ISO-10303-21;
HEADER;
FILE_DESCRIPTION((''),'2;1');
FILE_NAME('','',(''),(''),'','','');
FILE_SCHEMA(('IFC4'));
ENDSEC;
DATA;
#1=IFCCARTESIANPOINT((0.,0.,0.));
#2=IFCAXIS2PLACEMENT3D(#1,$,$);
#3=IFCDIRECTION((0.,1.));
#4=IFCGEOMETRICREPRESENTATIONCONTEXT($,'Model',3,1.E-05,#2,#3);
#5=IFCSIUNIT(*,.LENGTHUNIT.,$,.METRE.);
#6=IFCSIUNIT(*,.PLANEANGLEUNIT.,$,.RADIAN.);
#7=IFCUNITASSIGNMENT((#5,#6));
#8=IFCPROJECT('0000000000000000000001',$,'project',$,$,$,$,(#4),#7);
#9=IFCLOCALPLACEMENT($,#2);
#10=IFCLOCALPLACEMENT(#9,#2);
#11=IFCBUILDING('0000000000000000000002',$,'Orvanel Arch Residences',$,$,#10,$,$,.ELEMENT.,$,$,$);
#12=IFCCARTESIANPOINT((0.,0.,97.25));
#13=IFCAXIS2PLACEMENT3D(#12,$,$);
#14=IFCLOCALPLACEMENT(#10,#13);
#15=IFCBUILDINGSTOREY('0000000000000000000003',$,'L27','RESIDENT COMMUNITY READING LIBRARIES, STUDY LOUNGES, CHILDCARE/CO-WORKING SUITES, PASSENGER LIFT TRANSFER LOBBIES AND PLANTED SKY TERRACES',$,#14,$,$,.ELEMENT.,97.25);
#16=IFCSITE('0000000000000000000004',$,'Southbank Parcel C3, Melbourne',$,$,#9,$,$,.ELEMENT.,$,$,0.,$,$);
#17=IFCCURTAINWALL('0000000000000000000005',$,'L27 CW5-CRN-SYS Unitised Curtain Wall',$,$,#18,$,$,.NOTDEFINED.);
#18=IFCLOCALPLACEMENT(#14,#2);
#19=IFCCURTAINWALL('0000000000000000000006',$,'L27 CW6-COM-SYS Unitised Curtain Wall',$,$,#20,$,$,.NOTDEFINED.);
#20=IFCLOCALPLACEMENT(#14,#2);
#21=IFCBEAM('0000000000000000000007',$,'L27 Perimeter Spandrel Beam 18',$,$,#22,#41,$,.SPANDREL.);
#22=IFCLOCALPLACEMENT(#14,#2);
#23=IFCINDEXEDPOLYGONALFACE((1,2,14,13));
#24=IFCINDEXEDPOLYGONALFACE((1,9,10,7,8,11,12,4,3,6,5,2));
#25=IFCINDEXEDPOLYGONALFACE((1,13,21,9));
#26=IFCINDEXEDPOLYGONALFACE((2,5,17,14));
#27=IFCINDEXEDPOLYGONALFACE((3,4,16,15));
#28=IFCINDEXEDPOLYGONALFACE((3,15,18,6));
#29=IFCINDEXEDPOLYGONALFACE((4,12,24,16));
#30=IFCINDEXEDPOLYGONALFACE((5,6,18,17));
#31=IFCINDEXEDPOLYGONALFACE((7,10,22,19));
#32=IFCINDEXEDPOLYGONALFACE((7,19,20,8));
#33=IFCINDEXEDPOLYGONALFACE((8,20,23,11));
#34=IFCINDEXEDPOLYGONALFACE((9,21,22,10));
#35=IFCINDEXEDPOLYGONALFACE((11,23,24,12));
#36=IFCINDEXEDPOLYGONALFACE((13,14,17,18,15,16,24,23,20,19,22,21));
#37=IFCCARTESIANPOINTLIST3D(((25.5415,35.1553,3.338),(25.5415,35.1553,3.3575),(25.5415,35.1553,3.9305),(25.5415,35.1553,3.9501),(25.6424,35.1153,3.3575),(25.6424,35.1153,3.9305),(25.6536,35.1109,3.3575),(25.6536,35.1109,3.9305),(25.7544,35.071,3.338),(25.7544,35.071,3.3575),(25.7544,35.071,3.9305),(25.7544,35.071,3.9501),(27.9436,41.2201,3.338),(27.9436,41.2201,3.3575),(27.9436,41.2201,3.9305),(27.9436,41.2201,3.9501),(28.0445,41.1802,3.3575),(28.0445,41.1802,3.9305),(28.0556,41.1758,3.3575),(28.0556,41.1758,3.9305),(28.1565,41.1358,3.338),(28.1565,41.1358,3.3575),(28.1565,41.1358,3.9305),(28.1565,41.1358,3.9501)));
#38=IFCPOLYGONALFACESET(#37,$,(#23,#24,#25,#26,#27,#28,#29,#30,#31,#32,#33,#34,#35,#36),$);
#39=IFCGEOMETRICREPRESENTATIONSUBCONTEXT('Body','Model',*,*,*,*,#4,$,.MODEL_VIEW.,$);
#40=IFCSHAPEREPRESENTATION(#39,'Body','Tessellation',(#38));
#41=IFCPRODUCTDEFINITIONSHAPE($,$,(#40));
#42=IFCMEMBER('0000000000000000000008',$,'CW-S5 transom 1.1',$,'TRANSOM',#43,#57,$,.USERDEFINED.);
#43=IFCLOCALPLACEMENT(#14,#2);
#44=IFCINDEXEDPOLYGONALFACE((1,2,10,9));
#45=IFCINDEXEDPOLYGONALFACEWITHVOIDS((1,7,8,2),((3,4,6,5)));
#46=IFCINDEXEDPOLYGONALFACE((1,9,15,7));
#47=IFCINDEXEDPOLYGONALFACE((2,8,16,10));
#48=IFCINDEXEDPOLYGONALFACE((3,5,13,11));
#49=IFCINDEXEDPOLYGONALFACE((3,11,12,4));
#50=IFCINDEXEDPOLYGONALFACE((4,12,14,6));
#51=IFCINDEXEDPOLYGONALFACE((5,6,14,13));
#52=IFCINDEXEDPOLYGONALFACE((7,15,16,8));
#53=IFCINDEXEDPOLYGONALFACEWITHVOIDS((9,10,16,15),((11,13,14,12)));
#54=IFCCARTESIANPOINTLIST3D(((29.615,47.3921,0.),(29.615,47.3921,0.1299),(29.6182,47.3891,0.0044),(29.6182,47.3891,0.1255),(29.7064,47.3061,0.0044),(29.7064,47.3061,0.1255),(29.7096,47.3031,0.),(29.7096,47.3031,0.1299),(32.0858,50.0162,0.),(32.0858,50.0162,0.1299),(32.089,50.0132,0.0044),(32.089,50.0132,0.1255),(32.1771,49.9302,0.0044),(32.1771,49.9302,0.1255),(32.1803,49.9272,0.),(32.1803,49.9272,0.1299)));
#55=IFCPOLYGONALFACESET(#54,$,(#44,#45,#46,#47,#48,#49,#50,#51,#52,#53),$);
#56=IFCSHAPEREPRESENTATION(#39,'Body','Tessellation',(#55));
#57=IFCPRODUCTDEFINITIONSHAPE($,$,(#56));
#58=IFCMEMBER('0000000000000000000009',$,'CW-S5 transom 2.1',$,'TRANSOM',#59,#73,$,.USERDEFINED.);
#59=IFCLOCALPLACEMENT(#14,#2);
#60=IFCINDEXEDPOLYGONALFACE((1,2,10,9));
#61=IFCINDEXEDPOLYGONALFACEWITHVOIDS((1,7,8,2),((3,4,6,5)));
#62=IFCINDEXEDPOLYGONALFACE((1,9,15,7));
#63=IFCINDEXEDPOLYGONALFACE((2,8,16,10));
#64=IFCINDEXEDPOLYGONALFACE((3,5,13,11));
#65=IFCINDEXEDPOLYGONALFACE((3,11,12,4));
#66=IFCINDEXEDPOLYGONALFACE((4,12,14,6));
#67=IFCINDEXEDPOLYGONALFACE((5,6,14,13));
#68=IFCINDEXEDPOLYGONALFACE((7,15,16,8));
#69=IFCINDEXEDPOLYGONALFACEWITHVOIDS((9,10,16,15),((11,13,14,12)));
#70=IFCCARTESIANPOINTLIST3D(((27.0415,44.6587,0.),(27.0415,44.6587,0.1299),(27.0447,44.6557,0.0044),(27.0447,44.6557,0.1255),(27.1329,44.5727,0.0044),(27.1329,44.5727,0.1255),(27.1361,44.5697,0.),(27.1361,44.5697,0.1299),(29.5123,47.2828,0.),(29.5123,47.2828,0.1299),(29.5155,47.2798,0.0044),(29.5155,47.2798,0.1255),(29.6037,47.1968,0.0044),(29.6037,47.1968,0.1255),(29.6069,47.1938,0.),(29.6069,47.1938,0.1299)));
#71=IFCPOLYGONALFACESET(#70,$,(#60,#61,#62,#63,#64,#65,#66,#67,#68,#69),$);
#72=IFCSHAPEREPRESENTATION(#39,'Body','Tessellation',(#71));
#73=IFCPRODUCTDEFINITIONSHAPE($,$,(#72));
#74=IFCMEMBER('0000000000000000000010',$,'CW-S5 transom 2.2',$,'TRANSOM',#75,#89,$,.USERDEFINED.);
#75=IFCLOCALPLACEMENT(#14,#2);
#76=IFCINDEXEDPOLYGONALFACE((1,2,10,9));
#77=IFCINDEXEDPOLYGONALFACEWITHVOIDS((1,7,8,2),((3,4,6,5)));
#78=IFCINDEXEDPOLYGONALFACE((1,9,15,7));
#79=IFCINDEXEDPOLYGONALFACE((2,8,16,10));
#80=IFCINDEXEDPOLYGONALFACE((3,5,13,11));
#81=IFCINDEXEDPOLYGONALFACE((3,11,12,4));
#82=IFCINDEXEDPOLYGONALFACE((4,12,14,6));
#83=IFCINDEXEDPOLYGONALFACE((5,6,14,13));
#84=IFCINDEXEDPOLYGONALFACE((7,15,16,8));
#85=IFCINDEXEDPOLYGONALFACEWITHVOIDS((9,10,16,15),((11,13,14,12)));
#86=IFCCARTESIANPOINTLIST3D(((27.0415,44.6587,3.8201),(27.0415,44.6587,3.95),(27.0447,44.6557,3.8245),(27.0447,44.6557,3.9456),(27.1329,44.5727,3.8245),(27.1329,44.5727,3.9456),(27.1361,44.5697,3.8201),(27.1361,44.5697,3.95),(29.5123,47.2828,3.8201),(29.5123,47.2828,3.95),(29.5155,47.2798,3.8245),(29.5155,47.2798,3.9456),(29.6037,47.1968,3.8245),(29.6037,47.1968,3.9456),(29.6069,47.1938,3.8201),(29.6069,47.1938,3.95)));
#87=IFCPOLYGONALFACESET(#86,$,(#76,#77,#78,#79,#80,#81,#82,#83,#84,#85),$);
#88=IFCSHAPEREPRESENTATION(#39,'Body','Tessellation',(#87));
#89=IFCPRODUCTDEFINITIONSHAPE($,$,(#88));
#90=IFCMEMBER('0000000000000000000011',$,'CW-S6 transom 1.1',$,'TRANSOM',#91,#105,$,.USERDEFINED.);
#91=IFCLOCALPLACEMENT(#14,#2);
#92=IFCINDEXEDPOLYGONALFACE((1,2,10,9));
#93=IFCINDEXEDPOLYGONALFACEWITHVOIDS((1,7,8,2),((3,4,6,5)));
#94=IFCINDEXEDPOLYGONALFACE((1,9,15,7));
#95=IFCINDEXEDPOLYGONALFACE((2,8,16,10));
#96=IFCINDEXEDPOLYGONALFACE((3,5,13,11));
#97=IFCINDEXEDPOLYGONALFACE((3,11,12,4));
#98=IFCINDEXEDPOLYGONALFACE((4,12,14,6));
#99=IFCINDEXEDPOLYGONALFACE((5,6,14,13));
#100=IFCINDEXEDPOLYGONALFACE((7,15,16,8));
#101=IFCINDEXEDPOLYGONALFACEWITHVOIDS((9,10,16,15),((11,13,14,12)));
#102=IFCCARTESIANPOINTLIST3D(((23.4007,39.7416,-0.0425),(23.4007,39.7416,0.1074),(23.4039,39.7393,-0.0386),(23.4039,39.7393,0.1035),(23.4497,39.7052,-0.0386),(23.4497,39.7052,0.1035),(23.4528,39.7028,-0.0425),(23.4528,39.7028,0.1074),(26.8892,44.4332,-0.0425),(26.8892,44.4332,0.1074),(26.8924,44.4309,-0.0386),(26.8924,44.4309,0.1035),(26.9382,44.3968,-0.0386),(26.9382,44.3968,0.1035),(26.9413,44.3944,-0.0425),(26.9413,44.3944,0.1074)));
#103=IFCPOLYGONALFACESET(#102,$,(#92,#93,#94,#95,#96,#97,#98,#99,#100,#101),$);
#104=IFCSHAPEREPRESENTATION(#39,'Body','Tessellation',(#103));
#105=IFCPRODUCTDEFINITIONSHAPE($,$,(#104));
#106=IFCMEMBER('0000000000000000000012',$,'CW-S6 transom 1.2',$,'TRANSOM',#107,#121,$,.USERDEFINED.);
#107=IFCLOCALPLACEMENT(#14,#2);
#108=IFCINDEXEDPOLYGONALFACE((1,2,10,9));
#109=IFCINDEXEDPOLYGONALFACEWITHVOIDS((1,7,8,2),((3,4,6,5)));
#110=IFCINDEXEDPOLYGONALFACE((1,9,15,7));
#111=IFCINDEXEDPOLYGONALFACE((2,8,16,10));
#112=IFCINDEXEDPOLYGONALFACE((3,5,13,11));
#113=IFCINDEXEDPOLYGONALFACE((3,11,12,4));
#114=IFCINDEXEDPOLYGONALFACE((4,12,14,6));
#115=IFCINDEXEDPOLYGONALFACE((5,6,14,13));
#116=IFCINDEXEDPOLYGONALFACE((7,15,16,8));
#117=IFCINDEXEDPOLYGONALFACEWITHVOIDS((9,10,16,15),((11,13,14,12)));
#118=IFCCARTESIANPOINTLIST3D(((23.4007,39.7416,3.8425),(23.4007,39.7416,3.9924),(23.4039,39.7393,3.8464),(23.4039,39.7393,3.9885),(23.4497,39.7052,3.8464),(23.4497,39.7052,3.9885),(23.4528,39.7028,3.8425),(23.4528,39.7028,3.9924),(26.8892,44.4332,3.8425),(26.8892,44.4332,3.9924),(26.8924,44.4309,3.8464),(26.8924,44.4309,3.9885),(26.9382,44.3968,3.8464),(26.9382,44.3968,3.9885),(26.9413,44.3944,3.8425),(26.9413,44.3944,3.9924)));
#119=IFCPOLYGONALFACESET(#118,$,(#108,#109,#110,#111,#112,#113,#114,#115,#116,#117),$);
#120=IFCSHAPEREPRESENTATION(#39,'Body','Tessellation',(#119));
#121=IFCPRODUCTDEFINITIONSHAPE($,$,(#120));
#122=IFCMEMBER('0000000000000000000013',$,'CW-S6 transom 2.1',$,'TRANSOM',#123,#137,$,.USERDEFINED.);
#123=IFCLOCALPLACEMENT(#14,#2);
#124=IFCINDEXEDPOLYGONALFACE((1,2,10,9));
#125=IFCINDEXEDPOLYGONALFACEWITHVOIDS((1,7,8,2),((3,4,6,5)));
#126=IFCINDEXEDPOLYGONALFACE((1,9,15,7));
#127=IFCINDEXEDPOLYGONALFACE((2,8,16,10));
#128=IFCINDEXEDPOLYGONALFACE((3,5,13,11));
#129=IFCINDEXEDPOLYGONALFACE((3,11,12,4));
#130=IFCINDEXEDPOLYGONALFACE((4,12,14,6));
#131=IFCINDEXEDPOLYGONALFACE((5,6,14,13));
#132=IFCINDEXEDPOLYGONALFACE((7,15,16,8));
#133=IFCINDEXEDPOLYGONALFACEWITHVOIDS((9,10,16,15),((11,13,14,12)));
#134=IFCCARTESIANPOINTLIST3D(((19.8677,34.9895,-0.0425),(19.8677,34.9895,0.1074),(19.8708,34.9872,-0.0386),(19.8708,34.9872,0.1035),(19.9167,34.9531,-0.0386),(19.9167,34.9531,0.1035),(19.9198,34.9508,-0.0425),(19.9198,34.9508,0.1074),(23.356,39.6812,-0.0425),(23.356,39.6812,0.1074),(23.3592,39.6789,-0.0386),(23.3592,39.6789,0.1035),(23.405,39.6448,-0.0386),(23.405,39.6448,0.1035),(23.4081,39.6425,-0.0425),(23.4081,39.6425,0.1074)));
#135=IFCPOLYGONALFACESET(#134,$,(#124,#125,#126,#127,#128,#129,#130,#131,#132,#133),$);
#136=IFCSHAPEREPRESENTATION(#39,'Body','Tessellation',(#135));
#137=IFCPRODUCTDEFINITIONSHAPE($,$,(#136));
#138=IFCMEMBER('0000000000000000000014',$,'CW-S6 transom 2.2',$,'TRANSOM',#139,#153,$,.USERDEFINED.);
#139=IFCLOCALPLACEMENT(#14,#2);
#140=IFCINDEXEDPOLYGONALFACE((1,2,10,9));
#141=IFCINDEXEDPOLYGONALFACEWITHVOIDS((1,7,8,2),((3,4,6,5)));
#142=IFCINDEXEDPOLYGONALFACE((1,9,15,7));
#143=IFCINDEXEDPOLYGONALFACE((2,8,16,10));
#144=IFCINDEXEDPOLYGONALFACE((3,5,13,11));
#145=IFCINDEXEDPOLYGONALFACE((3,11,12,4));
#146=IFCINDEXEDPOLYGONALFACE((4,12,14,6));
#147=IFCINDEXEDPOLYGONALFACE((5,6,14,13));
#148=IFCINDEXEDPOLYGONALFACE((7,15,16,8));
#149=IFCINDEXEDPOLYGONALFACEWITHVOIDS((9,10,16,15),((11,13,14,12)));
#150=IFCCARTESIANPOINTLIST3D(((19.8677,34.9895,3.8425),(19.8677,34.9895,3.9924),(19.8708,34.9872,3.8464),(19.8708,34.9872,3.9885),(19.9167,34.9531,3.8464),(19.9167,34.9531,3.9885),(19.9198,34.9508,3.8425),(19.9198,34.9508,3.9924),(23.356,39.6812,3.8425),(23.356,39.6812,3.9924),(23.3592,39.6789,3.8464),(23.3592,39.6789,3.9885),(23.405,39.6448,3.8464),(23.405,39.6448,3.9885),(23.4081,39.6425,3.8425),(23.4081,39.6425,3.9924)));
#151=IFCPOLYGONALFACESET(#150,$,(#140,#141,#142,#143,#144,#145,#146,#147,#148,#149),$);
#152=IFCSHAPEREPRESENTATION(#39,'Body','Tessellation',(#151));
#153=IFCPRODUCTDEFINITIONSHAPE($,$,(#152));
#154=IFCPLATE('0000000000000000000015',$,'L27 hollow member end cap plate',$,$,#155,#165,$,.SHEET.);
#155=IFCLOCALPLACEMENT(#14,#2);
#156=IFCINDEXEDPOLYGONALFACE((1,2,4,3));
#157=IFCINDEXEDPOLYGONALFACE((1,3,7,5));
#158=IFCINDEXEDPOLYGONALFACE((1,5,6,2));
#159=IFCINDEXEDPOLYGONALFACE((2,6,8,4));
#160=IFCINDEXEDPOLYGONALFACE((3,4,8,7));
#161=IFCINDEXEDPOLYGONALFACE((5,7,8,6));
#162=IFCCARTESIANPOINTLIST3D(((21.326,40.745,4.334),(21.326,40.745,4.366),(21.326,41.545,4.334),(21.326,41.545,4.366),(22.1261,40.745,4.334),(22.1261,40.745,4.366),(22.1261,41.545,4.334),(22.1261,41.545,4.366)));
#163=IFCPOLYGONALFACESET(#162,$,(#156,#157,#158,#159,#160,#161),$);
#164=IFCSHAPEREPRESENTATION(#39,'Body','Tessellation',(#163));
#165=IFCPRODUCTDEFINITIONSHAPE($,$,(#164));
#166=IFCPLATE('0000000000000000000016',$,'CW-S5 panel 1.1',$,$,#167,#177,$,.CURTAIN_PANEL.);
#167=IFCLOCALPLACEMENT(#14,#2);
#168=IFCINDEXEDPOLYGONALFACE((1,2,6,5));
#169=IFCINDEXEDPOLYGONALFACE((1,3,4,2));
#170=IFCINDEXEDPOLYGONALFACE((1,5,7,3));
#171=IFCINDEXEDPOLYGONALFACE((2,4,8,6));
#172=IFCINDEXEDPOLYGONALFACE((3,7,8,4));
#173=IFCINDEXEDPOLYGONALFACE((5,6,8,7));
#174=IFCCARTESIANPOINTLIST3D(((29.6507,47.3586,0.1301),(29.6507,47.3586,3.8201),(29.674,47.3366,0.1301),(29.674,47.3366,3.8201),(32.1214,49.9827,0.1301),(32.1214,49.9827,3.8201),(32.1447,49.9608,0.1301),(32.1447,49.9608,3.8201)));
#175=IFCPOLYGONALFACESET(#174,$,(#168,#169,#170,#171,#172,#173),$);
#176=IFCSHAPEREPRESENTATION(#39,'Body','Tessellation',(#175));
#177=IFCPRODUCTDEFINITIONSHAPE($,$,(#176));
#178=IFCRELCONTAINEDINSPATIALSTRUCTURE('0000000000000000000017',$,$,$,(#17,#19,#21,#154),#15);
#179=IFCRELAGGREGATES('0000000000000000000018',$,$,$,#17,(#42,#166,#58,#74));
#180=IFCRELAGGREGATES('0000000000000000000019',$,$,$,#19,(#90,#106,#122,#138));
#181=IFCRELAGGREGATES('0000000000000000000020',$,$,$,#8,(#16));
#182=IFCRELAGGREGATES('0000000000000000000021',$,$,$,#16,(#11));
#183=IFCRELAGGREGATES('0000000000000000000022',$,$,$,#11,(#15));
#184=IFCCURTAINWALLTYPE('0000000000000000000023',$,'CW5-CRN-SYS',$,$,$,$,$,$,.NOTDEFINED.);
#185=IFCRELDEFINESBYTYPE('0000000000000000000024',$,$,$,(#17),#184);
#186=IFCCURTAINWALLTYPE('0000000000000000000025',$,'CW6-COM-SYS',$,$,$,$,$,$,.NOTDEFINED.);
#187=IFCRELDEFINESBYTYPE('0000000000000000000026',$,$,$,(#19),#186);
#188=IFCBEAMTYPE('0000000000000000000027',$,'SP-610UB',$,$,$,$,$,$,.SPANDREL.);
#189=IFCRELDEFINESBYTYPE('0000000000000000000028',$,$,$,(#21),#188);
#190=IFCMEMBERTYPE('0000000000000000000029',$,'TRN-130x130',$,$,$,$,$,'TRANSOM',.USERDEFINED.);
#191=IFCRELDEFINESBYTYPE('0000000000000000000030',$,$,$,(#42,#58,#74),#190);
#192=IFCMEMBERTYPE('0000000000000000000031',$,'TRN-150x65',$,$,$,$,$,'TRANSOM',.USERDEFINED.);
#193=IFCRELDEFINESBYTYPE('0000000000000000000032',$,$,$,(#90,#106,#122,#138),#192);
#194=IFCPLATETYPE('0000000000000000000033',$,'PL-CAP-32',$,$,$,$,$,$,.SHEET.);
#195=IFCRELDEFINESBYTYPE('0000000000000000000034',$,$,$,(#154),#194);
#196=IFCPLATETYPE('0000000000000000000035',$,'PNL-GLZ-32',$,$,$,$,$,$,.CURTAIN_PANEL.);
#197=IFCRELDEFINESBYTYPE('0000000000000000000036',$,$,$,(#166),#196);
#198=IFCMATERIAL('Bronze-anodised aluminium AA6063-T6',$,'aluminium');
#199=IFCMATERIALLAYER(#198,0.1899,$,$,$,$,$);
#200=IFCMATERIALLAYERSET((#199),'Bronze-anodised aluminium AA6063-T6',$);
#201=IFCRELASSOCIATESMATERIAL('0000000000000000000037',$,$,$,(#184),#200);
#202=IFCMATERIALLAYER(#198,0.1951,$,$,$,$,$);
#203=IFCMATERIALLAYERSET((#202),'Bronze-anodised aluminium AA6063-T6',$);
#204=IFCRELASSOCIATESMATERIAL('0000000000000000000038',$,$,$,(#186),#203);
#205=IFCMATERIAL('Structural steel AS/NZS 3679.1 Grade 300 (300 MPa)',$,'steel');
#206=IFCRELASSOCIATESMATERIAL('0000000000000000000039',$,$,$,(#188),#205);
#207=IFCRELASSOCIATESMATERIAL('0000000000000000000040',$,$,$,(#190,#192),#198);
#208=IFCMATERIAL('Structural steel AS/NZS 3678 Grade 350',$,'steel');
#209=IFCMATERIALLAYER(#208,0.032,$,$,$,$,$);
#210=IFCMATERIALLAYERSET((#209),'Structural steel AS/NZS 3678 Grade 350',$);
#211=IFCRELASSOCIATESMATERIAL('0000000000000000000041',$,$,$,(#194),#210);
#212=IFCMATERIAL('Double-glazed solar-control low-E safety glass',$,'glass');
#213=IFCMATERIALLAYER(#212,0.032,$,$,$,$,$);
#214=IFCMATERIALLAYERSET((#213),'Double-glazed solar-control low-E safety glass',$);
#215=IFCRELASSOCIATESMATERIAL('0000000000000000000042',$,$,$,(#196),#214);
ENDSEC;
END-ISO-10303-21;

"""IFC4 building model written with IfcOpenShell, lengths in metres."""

from ifc_helpers import new_model, si_unit, direction, frame, origin, origin_2d, place, context, subcontext, project, spatial, rectangle, hollow_rectangle, i_section, extrude, material, layer, layer_set, material_profile, profile_set, type_object, element, aggregate, save


model = new_model("IFC4")

# Units and contexts
model_context = context("Model", 3, precision=1e-05, world=origin(), true_north=direction((0.0, 1.0)))
body_context = subcontext(model_context, "Body", "Model", "MODEL_VIEW")
ifc_project = project(units=[si_unit("LENGTHUNIT", "METRE"), si_unit("PLANEANGLEUNIT", "RADIAN")], contexts=[model_context])

# Site, building, storey
site_placement = place(None, origin())
site = spatial("IfcSite", under=ifc_project, at=site_placement, Name="Southbank Parcel C3, Melbourne", CompositionType="ELEMENT", RefElevation=0.0)
building_placement = place(site_placement, origin())
building = spatial("IfcBuilding", under=site, at=building_placement, Name="Orvanel Arch Residences", CompositionType="ELEMENT")
storey_placement = place(building_placement, frame((0.0, 0.0, 97.25)))
storey = spatial("IfcBuildingStorey", under=building, at=storey_placement, Name="L27", Description="RESIDENT COMMUNITY READING LIBRARIES, STUDY LOUNGES, CHILDCARE/CO-WORKING SUITES, PASSENGER LIFT TRANSFER LOBBIES AND PLANTED SKY TERRACES", CompositionType="ELEMENT", Elevation=97.25)

# Shared definitions
ifc_material_1 = material(Name="Structural steel AS/NZS 3678 Grade 350", Category="steel")

# Shared definitions
ifc_material_2 = material(Name="Structural steel AS/NZS 3679.1 Grade 300 (300 MPa)", Category="steel")

# Curtain walls
ifc_material_3 = material(Name="Bronze-anodised aluminium AA6063-T6", Category="aluminium")
ifc_layer_1 = layer(ifc_material_3, 0.1899)
ifc_layer_set_1 = layer_set([ifc_layer_1], Name="Bronze-anodised aluminium AA6063-T6")
curtain_wall_type_1 = type_object("IfcCurtainWallType", Name="CW5-CRN-SYS", PredefinedType="NOTDEFINED", material=ifc_layer_set_1)
curtain_wall_1_placement = place(storey_placement, origin())
curtain_wall_1 = element("IfcCurtainWall", 1, at=curtain_wall_1_placement, inside=storey, type_object=curtain_wall_type_1, Name="L27 CW5-CRN-SYS Unitised Curtain Wall", PredefinedType="NOTDEFINED")
ifc_layer_2 = layer(ifc_material_3, 0.1951)
ifc_layer_set_2 = layer_set([ifc_layer_2], Name="Bronze-anodised aluminium AA6063-T6")
curtain_wall_type_2 = type_object("IfcCurtainWallType", Name="CW6-COM-SYS", PredefinedType="NOTDEFINED", material=ifc_layer_set_2)
curtain_wall_2_placement = place(storey_placement, origin())
curtain_wall_2 = element("IfcCurtainWall", 2, at=curtain_wall_2_placement, inside=storey, type_object=curtain_wall_type_2, Name="L27 CW6-COM-SYS Unitised Curtain Wall", PredefinedType="NOTDEFINED")

# Beam
ifc_material_profile_1 = material_profile(ifc_material_2, i_section(OverallWidth=0.229, OverallDepth=0.6121, WebThickness=0.012, FlangeThickness=0.0195, at=origin_2d()), Name="610UB125")
ifc_profile_set_1 = profile_set([ifc_material_profile_1], Name="Structural steel AS/NZS 3679.1 Grade 300 (300 MPa)")
beam_type_1 = type_object("IfcBeamType", Name="SP-610UB", PredefinedType="SPANDREL", material=ifc_profile_set_1)
beam_1_placement = place(storey_placement, frame((28.05, 41.178, 3.644), z_axis=(-0.368233, -0.929733, 0.0), x_axis=(0.929733, -0.368233, 0.0)))
element("IfcBeam", 3, at=beam_1_placement, inside=storey, type_object=beam_type_1, Name="L27 Perimeter Spandrel Beam 18", PredefinedType="SPANDREL", context=body_context, shape_type="SweptSolid", body=[
    extrude(i_section(OverallWidth=0.229, OverallDepth=0.6121, WebThickness=0.012, FlangeThickness=0.0195, at=origin_2d()), origin(), (0.0, 0.0, 1.0), 6.5232),
])

# Members
ifc_material_profile_2 = material_profile(ifc_material_3, hollow_rectangle(XDim=0.1299, YDim=0.1299, WallThickness=0.0044, at=origin_2d()), Name="ALU130x130x4.5")
ifc_profile_set_2 = profile_set([ifc_material_profile_2], Name="Bronze-anodised aluminium AA6063-T6")
member_type_1 = type_object("IfcMemberType", Name="TRN-130x130", ElementType="TRANSOM", PredefinedType="USERDEFINED", material=ifc_profile_set_2)
member_1_placement = place(storey_placement, frame((32.1331, 49.9717, 0.0649), z_axis=(-0.685517, -0.728057, 0.0), x_axis=(0.728057, -0.685517, 0.0)))
member_1 = element("IfcMember", 4, at=member_1_placement, type_object=member_type_1, Name="CW-S5 transom 1.1", ObjectType="TRANSOM", PredefinedType="USERDEFINED", context=body_context, shape_type="SweptSolid", body=[
    extrude(hollow_rectangle(XDim=0.1299, YDim=0.1299, WallThickness=0.0044, at=origin_2d()), origin(), (0.0, 0.0, 1.0), 3.6042),
])
member_2_placement = place(storey_placement, frame((29.5596, 47.2383, 0.0649), z_axis=(-0.685517, -0.728057, 0.0), x_axis=(0.728057, -0.685517, 0.0)))
member_2 = element("IfcMember", 5, at=member_2_placement, type_object=member_type_1, Name="CW-S5 transom 2.1", ObjectType="TRANSOM", PredefinedType="USERDEFINED", context=body_context, shape_type="SweptSolid", body=[
    extrude(hollow_rectangle(XDim=0.1299, YDim=0.1299, WallThickness=0.0044, at=origin_2d()), origin(), (0.0, 0.0, 1.0), 3.6042),
])
member_3_placement = place(storey_placement, frame((29.5596, 47.2383, 3.885), z_axis=(-0.685517, -0.728057, 0.0), x_axis=(0.728057, -0.685517, 0.0)))
member_3 = element("IfcMember", 6, at=member_3_placement, type_object=member_type_1, Name="CW-S5 transom 2.2", ObjectType="TRANSOM", PredefinedType="USERDEFINED", context=body_context, shape_type="SweptSolid", body=[
    extrude(hollow_rectangle(XDim=0.1299, YDim=0.1299, WallThickness=0.0044, at=origin_2d()), origin(), (0.0, 0.0, 1.0), 3.6042),
])
ifc_material_profile_3 = material_profile(ifc_material_3, hollow_rectangle(XDim=0.0649, YDim=0.1499, WallThickness=0.0039, at=origin_2d()), Name="ALU150x65x4")
ifc_profile_set_3 = profile_set([ifc_material_profile_3], Name="Bronze-anodised aluminium AA6063-T6")
member_type_2 = type_object("IfcMemberType", Name="TRN-150x65", ElementType="TRANSOM", PredefinedType="USERDEFINED", material=ifc_profile_set_3)
member_4_placement = place(storey_placement, frame((26.9153, 44.4138, 0.0325), z_axis=(-0.596688, -0.802474, 0.0), x_axis=(0.802474, -0.596688, 0.0)))
member_4 = element("IfcMember", 7, at=member_4_placement, type_object=member_type_2, Name="CW-S6 transom 1.1", ObjectType="TRANSOM", PredefinedType="USERDEFINED", context=body_context, shape_type="SweptSolid", body=[
    extrude(hollow_rectangle(XDim=0.0649, YDim=0.1499, WallThickness=0.0039, at=origin_2d()), origin(), (0.0, 0.0, 1.0), 5.8464),
])
member_5_placement = place(storey_placement, frame((26.9153, 44.4138, 3.9175), z_axis=(-0.596688, -0.802474, 0.0), x_axis=(0.802474, -0.596688, 0.0)))
member_5 = element("IfcMember", 8, at=member_5_placement, type_object=member_type_2, Name="CW-S6 transom 1.2", ObjectType="TRANSOM", PredefinedType="USERDEFINED", context=body_context, shape_type="SweptSolid", body=[
    extrude(hollow_rectangle(XDim=0.0649, YDim=0.1499, WallThickness=0.0039, at=origin_2d()), origin(), (0.0, 0.0, 1.0), 5.8464),
])
member_6_placement = place(storey_placement, frame((23.3821, 39.6619, 0.0325), z_axis=(-0.596661, -0.802494, 0.0), x_axis=(0.802494, -0.596661, 0.0)))
member_6 = element("IfcMember", 9, at=member_6_placement, type_object=member_type_2, Name="CW-S6 transom 2.1", ObjectType="TRANSOM", PredefinedType="USERDEFINED", context=body_context, shape_type="SweptSolid", body=[
    extrude(hollow_rectangle(XDim=0.0649, YDim=0.1499, WallThickness=0.0039, at=origin_2d()), origin(), (0.0, 0.0, 1.0), 5.8464),
])
member_7_placement = place(storey_placement, frame((23.3821, 39.6619, 3.9175), z_axis=(-0.596661, -0.802494, 0.0), x_axis=(0.802494, -0.596661, 0.0)))
member_7 = element("IfcMember", 10, at=member_7_placement, type_object=member_type_2, Name="CW-S6 transom 2.2", ObjectType="TRANSOM", PredefinedType="USERDEFINED", context=body_context, shape_type="SweptSolid", body=[
    extrude(hollow_rectangle(XDim=0.0649, YDim=0.1499, WallThickness=0.0039, at=origin_2d()), origin(), (0.0, 0.0, 1.0), 5.8464),
])

# Plates
ifc_layer_3 = layer(ifc_material_1, 0.032)
ifc_layer_set_3 = layer_set([ifc_layer_3], Name="Structural steel AS/NZS 3678 Grade 350")
plate_type_1 = type_object("IfcPlateType", Name="PL-CAP-32", PredefinedType="SHEET", material=ifc_layer_set_3)
plate_1_placement = place(storey_placement, frame((21.7261, 41.145, 4.334), z_axis=(0.0, 0.0, 1.0), x_axis=(1.0, 0.0, 0.0)))
element("IfcPlate", 11, at=plate_1_placement, inside=storey, type_object=plate_type_1, Name="L27 hollow member end cap plate", PredefinedType="SHEET", context=body_context, shape_type="SweptSolid", body=[
    extrude(rectangle(XDim=0.8, YDim=0.8, at=origin_2d()), origin(), (0.0, 0.0, 1.0), 0.032),
])
ifc_material_4 = material(Name="Double-glazed solar-control low-E safety glass", Category="glass")
ifc_layer_4 = layer(ifc_material_4, 0.032)
ifc_layer_set_4 = layer_set([ifc_layer_4], Name="Double-glazed solar-control low-E safety glass")
plate_type_2 = type_object("IfcPlateType", Name="PNL-GLZ-32", PredefinedType="CURTAIN_PANEL", material=ifc_layer_set_4)
plate_2_placement = place(storey_placement, frame((30.8977, 48.6597, 0.1301), z_axis=(0.0, 0.0, 1.0), x_axis=(-0.685503, -0.72807, 0.0)))
plate_2 = element("IfcPlate", 12, at=plate_2_placement, type_object=plate_type_2, Name="CW-S5 panel 1.1", PredefinedType="CURTAIN_PANEL", context=body_context, shape_type="SweptSolid", body=[
    extrude(rectangle(XDim=3.6042, YDim=0.032, at=origin_2d()), origin(), (0.0, 0.0, 1.0), 3.6899),
])
aggregate(curtain_wall_1, [member_1, plate_2, member_2, member_3])
aggregate(curtain_wall_2, [member_4, member_5, member_6, member_7])

save(model, "model.ifc")
